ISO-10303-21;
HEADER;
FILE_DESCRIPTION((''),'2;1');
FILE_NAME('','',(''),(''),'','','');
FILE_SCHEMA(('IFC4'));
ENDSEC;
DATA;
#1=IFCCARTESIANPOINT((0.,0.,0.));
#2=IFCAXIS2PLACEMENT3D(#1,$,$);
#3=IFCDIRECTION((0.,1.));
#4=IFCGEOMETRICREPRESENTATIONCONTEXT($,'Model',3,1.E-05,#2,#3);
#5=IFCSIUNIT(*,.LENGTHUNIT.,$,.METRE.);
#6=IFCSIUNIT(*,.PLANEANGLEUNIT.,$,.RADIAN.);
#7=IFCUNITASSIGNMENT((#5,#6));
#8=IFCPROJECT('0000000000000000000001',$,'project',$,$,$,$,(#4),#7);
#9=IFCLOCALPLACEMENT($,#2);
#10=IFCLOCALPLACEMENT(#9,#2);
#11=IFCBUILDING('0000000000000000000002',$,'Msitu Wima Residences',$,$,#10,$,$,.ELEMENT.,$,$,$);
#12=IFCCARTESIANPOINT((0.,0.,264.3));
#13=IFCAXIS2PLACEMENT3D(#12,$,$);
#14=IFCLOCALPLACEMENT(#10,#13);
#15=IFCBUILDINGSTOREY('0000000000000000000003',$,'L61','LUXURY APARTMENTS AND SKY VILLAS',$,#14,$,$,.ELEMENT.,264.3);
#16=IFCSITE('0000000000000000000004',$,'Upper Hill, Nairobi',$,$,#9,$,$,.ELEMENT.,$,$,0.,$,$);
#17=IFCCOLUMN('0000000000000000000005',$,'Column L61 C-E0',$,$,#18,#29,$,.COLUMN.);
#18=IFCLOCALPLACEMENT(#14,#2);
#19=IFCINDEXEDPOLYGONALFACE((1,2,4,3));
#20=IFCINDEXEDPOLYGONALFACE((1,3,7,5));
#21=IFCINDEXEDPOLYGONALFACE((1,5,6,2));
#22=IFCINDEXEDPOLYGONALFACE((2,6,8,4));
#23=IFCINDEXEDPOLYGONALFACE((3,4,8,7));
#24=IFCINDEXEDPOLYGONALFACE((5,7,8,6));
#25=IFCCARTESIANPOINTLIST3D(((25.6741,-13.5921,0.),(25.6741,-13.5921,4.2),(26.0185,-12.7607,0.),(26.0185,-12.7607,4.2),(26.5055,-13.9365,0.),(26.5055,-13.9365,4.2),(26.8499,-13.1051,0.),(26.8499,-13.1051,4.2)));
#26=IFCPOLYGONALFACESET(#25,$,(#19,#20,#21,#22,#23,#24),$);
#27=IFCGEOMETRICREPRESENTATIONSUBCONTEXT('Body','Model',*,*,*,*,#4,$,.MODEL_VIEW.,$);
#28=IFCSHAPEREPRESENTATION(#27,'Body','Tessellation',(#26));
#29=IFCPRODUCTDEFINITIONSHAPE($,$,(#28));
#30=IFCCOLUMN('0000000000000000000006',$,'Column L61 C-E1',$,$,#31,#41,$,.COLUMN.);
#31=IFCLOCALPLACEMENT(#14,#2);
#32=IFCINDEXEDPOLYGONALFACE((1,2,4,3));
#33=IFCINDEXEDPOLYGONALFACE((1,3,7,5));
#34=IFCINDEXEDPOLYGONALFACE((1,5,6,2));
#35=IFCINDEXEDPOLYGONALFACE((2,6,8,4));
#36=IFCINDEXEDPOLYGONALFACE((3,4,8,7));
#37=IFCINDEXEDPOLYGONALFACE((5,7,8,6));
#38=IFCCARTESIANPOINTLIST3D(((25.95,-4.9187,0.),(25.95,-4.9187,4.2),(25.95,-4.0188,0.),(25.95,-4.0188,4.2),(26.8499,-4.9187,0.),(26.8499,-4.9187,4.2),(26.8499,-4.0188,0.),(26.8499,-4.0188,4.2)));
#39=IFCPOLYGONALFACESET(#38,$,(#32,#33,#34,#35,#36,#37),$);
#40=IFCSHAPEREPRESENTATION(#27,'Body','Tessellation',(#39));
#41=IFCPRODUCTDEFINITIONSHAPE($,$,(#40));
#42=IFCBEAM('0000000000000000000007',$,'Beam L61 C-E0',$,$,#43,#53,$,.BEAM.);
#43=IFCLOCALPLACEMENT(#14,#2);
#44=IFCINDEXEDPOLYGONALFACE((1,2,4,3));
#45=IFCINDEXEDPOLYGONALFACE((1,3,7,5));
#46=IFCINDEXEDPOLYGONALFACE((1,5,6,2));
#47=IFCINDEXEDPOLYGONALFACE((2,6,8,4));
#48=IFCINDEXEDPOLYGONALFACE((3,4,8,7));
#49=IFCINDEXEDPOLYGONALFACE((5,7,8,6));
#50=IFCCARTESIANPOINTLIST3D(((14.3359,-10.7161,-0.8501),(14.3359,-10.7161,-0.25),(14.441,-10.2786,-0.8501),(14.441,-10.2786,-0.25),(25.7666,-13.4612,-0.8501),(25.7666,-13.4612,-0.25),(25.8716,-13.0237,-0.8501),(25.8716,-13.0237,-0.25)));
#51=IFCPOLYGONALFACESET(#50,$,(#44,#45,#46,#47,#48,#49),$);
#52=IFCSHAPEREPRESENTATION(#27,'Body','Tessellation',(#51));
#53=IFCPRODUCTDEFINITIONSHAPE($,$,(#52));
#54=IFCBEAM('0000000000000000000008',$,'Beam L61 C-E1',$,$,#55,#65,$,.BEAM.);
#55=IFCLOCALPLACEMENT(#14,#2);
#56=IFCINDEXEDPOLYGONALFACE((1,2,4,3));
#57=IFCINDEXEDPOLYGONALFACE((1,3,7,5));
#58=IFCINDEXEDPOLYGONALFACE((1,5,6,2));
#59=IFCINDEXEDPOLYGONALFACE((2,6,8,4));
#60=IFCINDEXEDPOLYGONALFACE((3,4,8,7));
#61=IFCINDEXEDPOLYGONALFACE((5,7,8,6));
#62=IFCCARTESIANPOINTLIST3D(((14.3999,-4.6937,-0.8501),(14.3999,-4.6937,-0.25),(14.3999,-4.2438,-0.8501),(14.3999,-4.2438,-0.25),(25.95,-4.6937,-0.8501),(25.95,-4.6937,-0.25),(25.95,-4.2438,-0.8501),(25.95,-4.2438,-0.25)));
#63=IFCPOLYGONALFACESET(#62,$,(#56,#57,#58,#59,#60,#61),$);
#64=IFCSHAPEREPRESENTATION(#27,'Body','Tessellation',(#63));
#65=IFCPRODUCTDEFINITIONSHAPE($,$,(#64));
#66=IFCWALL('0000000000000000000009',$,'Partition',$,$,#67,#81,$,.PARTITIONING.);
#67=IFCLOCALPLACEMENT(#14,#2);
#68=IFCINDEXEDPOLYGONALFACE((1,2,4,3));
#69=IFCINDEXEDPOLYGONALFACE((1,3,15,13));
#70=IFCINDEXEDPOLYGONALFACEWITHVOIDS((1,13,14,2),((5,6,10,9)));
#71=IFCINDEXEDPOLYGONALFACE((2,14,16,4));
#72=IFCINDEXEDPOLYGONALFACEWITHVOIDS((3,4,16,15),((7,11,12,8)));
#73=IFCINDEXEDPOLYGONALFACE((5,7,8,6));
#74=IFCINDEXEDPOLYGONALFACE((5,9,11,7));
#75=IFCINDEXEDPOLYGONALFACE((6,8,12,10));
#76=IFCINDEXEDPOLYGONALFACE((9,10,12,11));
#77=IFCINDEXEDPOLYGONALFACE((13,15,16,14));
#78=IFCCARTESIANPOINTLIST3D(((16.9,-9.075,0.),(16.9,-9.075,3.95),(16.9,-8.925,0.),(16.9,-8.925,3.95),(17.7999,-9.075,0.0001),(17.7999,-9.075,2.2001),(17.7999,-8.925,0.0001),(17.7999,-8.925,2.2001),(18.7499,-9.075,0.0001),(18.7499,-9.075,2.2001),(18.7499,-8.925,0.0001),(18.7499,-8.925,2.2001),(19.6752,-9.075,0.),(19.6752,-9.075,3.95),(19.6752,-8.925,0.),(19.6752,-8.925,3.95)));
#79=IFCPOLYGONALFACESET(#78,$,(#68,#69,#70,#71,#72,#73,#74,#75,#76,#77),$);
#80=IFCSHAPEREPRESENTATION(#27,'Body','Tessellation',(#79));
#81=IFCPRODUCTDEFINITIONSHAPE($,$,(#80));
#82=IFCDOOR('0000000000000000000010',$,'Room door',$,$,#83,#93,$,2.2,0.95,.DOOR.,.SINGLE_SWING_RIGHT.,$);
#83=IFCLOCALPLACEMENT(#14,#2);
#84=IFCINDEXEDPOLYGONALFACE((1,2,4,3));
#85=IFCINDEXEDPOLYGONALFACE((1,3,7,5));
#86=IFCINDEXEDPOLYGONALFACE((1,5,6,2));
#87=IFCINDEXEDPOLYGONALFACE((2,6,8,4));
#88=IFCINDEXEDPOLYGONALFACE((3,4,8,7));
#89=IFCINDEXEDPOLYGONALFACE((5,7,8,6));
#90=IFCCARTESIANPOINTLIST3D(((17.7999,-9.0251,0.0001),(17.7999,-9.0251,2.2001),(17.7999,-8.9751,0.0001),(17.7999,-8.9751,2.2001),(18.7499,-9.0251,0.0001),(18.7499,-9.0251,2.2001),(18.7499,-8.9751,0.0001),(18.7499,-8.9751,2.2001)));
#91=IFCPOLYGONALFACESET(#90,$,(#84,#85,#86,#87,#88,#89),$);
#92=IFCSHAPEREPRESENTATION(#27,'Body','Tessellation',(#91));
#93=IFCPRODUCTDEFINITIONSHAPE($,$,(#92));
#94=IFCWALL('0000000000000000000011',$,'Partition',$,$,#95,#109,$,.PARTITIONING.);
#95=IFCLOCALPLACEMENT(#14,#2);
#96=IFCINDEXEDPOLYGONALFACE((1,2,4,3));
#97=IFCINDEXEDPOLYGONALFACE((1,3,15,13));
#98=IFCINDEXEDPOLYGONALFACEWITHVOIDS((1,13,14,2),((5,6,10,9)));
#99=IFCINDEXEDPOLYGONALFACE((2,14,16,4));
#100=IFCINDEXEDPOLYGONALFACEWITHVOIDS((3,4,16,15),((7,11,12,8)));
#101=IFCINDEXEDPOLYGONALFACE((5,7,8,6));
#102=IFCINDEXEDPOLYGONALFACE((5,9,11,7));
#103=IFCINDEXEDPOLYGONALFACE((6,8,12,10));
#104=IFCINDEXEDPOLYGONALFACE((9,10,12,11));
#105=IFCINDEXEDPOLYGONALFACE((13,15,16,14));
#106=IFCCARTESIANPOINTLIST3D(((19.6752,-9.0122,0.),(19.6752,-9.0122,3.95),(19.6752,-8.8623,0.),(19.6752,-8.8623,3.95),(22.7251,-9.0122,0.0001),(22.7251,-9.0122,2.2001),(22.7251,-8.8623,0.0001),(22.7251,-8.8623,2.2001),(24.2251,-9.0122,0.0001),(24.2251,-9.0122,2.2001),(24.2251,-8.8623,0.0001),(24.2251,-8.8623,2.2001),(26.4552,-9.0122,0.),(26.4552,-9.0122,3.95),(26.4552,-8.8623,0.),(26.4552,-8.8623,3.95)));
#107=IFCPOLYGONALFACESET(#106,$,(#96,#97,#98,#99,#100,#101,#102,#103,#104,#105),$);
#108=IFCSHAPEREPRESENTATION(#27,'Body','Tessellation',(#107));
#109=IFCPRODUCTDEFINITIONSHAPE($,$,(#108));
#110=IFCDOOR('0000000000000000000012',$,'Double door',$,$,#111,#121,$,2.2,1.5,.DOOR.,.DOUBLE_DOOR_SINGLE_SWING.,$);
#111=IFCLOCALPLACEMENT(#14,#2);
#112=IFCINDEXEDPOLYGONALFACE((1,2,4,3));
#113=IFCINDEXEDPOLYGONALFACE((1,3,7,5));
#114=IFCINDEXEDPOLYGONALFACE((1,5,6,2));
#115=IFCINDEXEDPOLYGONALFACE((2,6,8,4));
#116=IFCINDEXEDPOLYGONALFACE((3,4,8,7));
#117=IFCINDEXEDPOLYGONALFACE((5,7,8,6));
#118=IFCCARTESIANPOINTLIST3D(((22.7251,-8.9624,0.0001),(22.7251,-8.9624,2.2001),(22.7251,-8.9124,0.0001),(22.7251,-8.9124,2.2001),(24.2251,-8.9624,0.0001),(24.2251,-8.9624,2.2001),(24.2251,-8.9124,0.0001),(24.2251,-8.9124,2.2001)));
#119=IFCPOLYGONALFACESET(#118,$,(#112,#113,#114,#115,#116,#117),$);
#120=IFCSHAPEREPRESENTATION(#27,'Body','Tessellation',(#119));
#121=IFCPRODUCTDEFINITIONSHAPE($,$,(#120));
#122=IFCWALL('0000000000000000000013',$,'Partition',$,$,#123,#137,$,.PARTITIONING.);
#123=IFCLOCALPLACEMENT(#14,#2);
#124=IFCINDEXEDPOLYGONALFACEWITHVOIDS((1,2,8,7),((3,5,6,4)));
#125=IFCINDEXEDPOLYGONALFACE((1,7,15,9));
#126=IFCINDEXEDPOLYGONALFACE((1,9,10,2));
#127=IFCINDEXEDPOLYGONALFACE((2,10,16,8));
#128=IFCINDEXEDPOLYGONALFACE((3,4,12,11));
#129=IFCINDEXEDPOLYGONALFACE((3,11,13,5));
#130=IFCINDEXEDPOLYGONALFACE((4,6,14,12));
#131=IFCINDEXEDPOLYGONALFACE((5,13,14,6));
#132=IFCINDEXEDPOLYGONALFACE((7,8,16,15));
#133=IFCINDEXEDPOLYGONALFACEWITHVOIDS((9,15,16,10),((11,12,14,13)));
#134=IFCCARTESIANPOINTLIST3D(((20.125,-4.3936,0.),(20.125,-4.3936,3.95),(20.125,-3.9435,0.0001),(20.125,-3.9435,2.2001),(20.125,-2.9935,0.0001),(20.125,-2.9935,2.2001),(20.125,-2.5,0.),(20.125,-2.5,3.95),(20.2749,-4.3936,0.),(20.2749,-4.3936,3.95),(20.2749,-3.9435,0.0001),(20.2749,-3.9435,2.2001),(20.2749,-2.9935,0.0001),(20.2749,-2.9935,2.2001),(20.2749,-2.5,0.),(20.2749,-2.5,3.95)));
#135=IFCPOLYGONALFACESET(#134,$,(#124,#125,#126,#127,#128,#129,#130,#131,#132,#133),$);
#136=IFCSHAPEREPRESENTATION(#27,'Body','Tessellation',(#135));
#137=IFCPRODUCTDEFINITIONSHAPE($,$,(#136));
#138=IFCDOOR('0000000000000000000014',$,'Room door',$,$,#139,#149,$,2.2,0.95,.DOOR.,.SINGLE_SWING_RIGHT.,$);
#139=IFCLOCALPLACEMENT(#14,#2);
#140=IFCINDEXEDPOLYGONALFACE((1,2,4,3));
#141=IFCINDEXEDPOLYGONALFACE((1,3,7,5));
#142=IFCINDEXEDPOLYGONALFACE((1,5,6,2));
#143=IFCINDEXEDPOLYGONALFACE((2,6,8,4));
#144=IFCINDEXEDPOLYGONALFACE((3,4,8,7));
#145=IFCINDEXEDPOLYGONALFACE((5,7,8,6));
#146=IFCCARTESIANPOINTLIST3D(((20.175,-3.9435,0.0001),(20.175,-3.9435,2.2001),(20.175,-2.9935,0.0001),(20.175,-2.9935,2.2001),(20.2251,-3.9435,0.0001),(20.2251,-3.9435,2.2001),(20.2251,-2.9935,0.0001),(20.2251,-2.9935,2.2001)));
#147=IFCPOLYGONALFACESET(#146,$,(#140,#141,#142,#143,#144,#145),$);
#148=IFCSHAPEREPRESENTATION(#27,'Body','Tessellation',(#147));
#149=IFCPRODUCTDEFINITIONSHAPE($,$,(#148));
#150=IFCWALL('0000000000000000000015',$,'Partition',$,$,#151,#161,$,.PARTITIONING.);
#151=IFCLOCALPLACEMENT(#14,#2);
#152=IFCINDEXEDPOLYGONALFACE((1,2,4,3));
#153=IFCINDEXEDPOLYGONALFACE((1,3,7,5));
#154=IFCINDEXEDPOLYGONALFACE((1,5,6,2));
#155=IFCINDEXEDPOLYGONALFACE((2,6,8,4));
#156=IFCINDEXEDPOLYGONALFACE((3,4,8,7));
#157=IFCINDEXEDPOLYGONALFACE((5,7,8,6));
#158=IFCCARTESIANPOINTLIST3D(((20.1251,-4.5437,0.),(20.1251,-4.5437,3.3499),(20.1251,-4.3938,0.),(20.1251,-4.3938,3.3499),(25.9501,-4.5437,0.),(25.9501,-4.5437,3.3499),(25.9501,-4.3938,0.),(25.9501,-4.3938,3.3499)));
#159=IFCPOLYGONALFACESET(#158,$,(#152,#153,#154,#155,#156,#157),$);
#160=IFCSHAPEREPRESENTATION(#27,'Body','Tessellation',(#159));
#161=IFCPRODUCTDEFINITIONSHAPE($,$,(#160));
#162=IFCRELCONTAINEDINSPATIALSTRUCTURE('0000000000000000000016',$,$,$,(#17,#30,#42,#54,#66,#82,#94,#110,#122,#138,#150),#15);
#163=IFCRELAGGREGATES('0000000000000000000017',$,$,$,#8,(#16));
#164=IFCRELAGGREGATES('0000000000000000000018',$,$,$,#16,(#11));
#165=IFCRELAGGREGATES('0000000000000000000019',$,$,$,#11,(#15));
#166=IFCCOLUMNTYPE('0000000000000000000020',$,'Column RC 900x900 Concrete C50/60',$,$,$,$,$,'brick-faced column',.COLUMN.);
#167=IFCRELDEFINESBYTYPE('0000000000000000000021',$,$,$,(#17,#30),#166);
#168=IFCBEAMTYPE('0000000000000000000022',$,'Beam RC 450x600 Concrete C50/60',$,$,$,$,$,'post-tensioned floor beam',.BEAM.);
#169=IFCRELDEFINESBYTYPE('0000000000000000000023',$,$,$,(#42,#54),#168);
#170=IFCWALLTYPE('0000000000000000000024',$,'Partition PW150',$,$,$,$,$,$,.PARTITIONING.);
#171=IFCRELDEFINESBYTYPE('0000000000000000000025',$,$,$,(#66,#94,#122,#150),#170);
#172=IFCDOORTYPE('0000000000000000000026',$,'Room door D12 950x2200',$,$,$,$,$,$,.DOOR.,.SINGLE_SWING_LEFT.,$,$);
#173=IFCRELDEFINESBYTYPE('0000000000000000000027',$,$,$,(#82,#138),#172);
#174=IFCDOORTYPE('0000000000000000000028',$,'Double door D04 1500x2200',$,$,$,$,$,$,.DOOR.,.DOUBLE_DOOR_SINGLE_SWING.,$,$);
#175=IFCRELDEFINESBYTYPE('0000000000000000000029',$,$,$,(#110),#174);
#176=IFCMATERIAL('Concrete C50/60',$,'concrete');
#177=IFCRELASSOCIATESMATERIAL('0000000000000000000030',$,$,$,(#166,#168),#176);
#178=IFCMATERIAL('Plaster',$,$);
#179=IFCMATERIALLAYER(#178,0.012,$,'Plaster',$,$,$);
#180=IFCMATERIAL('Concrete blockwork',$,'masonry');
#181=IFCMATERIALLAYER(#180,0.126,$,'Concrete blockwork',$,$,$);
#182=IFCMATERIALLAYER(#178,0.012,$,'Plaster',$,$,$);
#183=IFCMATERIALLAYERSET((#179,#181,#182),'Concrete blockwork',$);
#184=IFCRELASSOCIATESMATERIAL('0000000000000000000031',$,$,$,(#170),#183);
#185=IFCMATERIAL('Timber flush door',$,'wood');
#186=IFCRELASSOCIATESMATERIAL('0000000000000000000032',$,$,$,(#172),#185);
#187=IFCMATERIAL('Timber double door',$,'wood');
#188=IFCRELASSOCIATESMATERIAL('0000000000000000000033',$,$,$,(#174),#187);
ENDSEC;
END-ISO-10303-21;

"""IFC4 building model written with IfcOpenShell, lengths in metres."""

from ifc_helpers import new_model, si_unit, direction, frame, frame_2d, origin, origin_2d, place, context, subcontext, project, spatial, rectangle, extrude, material, layer, layer_set, material_profile, profile_set, type_object, element, fill, save


model = new_model("IFC4")

# Units and contexts
model_context = context("Model", 3, precision=1e-05, world=origin(), true_north=direction((0.0, 1.0)))
body_context = subcontext(model_context, "Body", "Model", "MODEL_VIEW")
ifc_project = project(units=[si_unit("LENGTHUNIT", "METRE"), si_unit("PLANEANGLEUNIT", "RADIAN")], contexts=[model_context])

# Site, building, storey
site_placement = place(None, origin())
site = spatial("IfcSite", under=ifc_project, at=site_placement, Name="Upper Hill, Nairobi", CompositionType="ELEMENT", RefElevation=0.0)
building_placement = place(site_placement, origin())
building = spatial("IfcBuilding", under=site, at=building_placement, Name="Msitu Wima Residences", CompositionType="ELEMENT")
storey_placement = place(building_placement, frame((0.0, 0.0, 264.3)))
storey = spatial("IfcBuildingStorey", under=building, at=storey_placement, Name="L61", Description="LUXURY APARTMENTS AND SKY VILLAS", CompositionType="ELEMENT", Elevation=264.3)

# Columns
ifc_material_1 = material(Name="Concrete C50/60", Category="concrete")
ifc_material_profile_1 = material_profile(ifc_material_1, rectangle(XDim=0.8999, YDim=0.8999, at=origin_2d()), Name="RC 900x900")
ifc_profile_set_1 = profile_set([ifc_material_profile_1], Name="Concrete C50/60")
column_type = type_object("IfcColumnType", Name="Column RC 900x900 Concrete C50/60", ElementType="brick-faced column", PredefinedType="COLUMN", material=ifc_profile_set_1)
for number, where, z_axis, x_axis, name in (
    (1, (26.262, -13.3486, 0.0), (0.0, 0.0, 1.0), (0.382683, 0.92388, 0.0), "Column L61 C-E0"),
    (2, (26.3999, -4.4688, 0.0), (0.0, 0.0, 1.0), (0.0, 1.0, 0.0), "Column L61 C-E1"),
):
    element("IfcColumn", number, at=place(storey_placement, frame(where, z_axis=z_axis, x_axis=x_axis)), inside=storey, type_object=column_type, Name=name, PredefinedType="COLUMN", context=body_context, shape_type="SweptSolid", body=[
        extrude(rectangle(XDim=0.8999, YDim=0.8999, at=origin_2d()), origin(), (0.0, 0.0, 1.0), 4.2),
    ])

# Beams
ifc_material_profile_2 = material_profile(ifc_material_1, rectangle(XDim=0.45, YDim=0.6001, at=origin_2d()), Name="RC 450x600")
ifc_profile_set_2 = profile_set([ifc_material_profile_2], Name="Concrete C50/60")
beam_type = type_object("IfcBeamType", Name="Beam RC 450x600 Concrete C50/60", ElementType="post-tensioned floor beam", PredefinedType="BEAM", material=ifc_profile_set_2)
beam_1_placement = place(storey_placement, frame((25.8191, -13.2424, -0.55), z_axis=(-0.972353, 0.233514, 0.0), x_axis=(-0.233514, -0.972353, 0.0)))
element("IfcBeam", 3, at=beam_1_placement, inside=storey, type_object=beam_type, Name="Beam L61 C-E0", PredefinedType="BEAM", context=body_context, shape_type="SweptSolid", body=[
    extrude(rectangle(XDim=0.45, YDim=0.6001, at=origin_2d()), origin(), (0.0, 0.0, 1.0), 11.7556),
])
beam_2_placement = place(storey_placement, frame((25.95, -4.4688, -0.55), z_axis=(-1.0, 0.0, 0.0), x_axis=(0.0, -1.0, 0.0)))
element("IfcBeam", 4, at=beam_2_placement, inside=storey, type_object=beam_type, Name="Beam L61 C-E1", PredefinedType="BEAM", context=body_context, shape_type="SweptSolid", body=[
    extrude(rectangle(XDim=0.45, YDim=0.6001, at=origin_2d()), origin(), (0.0, 0.0, 1.0), 11.55),
])

# Walls, openings, doors
ifc_material_2 = material(Name="Plaster")
ifc_layer_1 = layer(ifc_material_2, 0.012, Name="Plaster")
ifc_material_3 = material(Name="Concrete blockwork", Category="masonry")
ifc_layer_2 = layer(ifc_material_3, 0.126, Name="Concrete blockwork")
ifc_layer_3 = layer(ifc_material_2, 0.012, Name="Plaster")
ifc_layer_set_1 = layer_set([ifc_layer_1, ifc_layer_2, ifc_layer_3], Name="Concrete blockwork")
wall_type_1 = type_object("IfcWallType", Name="Partition PW150", PredefinedType="PARTITIONING", material=ifc_layer_set_1)
wall_1_placement = place(storey_placement, frame((16.8999, -9.0, 0.0), z_axis=(0.0, 0.0, 1.0), x_axis=(1.0, 0.0, 0.0)))
wall_1 = element("IfcWall", 5, at=wall_1_placement, inside=storey, type_object=wall_type_1, Name="Partition", PredefinedType="PARTITIONING", context=body_context, shape_type="SweptSolid", body=[
    extrude(rectangle(XDim=2.7751, YDim=0.1499, at=frame_2d((1.3877, 0.0))), origin(), (0.0, 0.0, 1.0), 3.95),
])
opening_1_placement = place(wall_1_placement, frame((0.8999, 0.0, 0.0)))
opening_1 = element("IfcOpeningElement", 6, at=opening_1_placement, cuts=wall_1, PredefinedType="OPENING", context=body_context, shape_type="SweptSolid", body=[
    extrude(rectangle(XDim=0.95, YDim=2.2, at=frame_2d((0.4751, 1.1001))), frame((0.0, 0.085, 0.0), z_axis=(0.0, -1.0, 0.0), x_axis=(1.0, 0.0, 0.0)), (0.0, 0.0, 1.0), 0.1699),
])
ifc_material_4 = material(Name="Timber flush door", Category="wood")
door_type_1 = type_object("IfcDoorType", Name="Room door D12 950x2200", OperationType="SINGLE_SWING_LEFT", PredefinedType="DOOR", material=ifc_material_4)
door_1_placement = place(opening_1_placement, origin())
door_1 = element("IfcDoor", 7, at=door_1_placement, inside=storey, type_object=door_type_1, Name="Room door", OperationType="SINGLE_SWING_RIGHT", OverallHeight=2.2, OverallWidth=0.95, PredefinedType="DOOR", context=body_context, shape_type="SweptSolid", body=[
    extrude(rectangle(XDim=0.95, YDim=2.2, at=frame_2d((0.4751, 1.1001))), frame((0.0, 0.0249, 0.0), z_axis=(0.0, -1.0, 0.0), x_axis=(1.0, 0.0, 0.0)), (0.0, 0.0, 1.0), 0.05),
])
fill(opening_1, door_1)
wall_2_placement = place(storey_placement, frame((19.675, -8.9373, 0.0), z_axis=(0.0, 0.0, 1.0), x_axis=(1.0, 0.0, 0.0)))
wall_2 = element("IfcWall", 8, at=wall_2_placement, inside=storey, type_object=wall_type_1, Name="Partition", PredefinedType="PARTITIONING", context=body_context, shape_type="SweptSolid", body=[
    extrude(rectangle(XDim=6.78, YDim=0.1499, at=frame_2d((3.3901, 0.0))), origin(), (0.0, 0.0, 1.0), 3.95),
])
opening_2_placement = place(wall_2_placement, frame((3.05, 0.0, 0.0)))
opening_2 = element("IfcOpeningElement", 9, at=opening_2_placement, cuts=wall_2, PredefinedType="OPENING", context=body_context, shape_type="SweptSolid", body=[
    extrude(rectangle(XDim=1.5, YDim=2.2, at=frame_2d((0.75, 1.1001))), frame((0.0, 0.085, 0.0), z_axis=(0.0, -1.0, 0.0), x_axis=(1.0, 0.0, 0.0)), (0.0, 0.0, 1.0), 0.1699),
])
ifc_material_5 = material(Name="Timber double door", Category="wood")
door_type_2 = type_object("IfcDoorType", Name="Double door D04 1500x2200", OperationType="DOUBLE_DOOR_SINGLE_SWING", PredefinedType="DOOR", material=ifc_material_5)
door_2_placement = place(opening_2_placement, origin())
door_2 = element("IfcDoor", 10, at=door_2_placement, inside=storey, type_object=door_type_2, Name="Double door", OperationType="DOUBLE_DOOR_SINGLE_SWING", OverallHeight=2.2, OverallWidth=1.5, PredefinedType="DOOR", context=body_context, shape_type="SweptSolid", body=[
    extrude(rectangle(XDim=1.5, YDim=2.2, at=frame_2d((0.75, 1.1001))), frame((0.0, 0.0249, 0.0), z_axis=(0.0, -1.0, 0.0), x_axis=(1.0, 0.0, 0.0)), (0.0, 0.0, 1.0), 0.05),
])
fill(opening_2, door_2)
wall_3_placement = place(storey_placement, frame((20.2, -4.3936, 0.0), z_axis=(0.0, 0.0, 1.0), x_axis=(0.0, 1.0, 0.0)))
wall_3 = element("IfcWall", 11, at=wall_3_placement, inside=storey, type_object=wall_type_1, Name="Partition", PredefinedType="PARTITIONING", context=body_context, shape_type="SweptSolid", body=[
    extrude(rectangle(XDim=1.8936, YDim=0.1499, at=frame_2d((0.9468, 0.0))), origin(), (0.0, 0.0, 1.0), 3.95),
])
opening_3_placement = place(wall_3_placement, frame((0.45, 0.0, 0.0)))
opening_3 = element("IfcOpeningElement", 12, at=opening_3_placement, cuts=wall_3, PredefinedType="OPENING", context=body_context, shape_type="SweptSolid", body=[
    extrude(rectangle(XDim=0.95, YDim=2.2, at=frame_2d((0.4751, 1.1001))), frame((0.0, 0.085, 0.0), z_axis=(0.0, -1.0, 0.0), x_axis=(1.0, 0.0, 0.0)), (0.0, 0.0, 1.0), 0.1699),
])
door_3_placement = place(opening_3_placement, origin())
door_3 = element("IfcDoor", 13, at=door_3_placement, inside=storey, type_object=door_type_1, Name="Room door", OperationType="SINGLE_SWING_RIGHT", OverallHeight=2.2, OverallWidth=0.95, PredefinedType="DOOR", context=body_context, shape_type="SweptSolid", body=[
    extrude(rectangle(XDim=0.95, YDim=2.2, at=frame_2d((0.4751, 1.1001))), frame((0.0, 0.0249, 0.0), z_axis=(0.0, -1.0, 0.0), x_axis=(1.0, 0.0, 0.0)), (0.0, 0.0, 1.0), 0.05),
])
fill(opening_3, door_3)

# Wall
wall_4_placement = place(storey_placement, frame((20.125, -4.4688, 0.0), z_axis=(0.0, 0.0, 1.0), x_axis=(1.0, 0.0, 0.0)))
element("IfcWall", 14, at=wall_4_placement, inside=storey, type_object=wall_type_1, Name="Partition", PredefinedType="PARTITIONING", context=body_context, shape_type="SweptSolid", body=[
    extrude(rectangle(XDim=5.825, YDim=0.1499, at=frame_2d((2.9126, 0.0))), origin(), (0.0, 0.0, 1.0), 3.3499),
])

save(model, "model.ifc")
